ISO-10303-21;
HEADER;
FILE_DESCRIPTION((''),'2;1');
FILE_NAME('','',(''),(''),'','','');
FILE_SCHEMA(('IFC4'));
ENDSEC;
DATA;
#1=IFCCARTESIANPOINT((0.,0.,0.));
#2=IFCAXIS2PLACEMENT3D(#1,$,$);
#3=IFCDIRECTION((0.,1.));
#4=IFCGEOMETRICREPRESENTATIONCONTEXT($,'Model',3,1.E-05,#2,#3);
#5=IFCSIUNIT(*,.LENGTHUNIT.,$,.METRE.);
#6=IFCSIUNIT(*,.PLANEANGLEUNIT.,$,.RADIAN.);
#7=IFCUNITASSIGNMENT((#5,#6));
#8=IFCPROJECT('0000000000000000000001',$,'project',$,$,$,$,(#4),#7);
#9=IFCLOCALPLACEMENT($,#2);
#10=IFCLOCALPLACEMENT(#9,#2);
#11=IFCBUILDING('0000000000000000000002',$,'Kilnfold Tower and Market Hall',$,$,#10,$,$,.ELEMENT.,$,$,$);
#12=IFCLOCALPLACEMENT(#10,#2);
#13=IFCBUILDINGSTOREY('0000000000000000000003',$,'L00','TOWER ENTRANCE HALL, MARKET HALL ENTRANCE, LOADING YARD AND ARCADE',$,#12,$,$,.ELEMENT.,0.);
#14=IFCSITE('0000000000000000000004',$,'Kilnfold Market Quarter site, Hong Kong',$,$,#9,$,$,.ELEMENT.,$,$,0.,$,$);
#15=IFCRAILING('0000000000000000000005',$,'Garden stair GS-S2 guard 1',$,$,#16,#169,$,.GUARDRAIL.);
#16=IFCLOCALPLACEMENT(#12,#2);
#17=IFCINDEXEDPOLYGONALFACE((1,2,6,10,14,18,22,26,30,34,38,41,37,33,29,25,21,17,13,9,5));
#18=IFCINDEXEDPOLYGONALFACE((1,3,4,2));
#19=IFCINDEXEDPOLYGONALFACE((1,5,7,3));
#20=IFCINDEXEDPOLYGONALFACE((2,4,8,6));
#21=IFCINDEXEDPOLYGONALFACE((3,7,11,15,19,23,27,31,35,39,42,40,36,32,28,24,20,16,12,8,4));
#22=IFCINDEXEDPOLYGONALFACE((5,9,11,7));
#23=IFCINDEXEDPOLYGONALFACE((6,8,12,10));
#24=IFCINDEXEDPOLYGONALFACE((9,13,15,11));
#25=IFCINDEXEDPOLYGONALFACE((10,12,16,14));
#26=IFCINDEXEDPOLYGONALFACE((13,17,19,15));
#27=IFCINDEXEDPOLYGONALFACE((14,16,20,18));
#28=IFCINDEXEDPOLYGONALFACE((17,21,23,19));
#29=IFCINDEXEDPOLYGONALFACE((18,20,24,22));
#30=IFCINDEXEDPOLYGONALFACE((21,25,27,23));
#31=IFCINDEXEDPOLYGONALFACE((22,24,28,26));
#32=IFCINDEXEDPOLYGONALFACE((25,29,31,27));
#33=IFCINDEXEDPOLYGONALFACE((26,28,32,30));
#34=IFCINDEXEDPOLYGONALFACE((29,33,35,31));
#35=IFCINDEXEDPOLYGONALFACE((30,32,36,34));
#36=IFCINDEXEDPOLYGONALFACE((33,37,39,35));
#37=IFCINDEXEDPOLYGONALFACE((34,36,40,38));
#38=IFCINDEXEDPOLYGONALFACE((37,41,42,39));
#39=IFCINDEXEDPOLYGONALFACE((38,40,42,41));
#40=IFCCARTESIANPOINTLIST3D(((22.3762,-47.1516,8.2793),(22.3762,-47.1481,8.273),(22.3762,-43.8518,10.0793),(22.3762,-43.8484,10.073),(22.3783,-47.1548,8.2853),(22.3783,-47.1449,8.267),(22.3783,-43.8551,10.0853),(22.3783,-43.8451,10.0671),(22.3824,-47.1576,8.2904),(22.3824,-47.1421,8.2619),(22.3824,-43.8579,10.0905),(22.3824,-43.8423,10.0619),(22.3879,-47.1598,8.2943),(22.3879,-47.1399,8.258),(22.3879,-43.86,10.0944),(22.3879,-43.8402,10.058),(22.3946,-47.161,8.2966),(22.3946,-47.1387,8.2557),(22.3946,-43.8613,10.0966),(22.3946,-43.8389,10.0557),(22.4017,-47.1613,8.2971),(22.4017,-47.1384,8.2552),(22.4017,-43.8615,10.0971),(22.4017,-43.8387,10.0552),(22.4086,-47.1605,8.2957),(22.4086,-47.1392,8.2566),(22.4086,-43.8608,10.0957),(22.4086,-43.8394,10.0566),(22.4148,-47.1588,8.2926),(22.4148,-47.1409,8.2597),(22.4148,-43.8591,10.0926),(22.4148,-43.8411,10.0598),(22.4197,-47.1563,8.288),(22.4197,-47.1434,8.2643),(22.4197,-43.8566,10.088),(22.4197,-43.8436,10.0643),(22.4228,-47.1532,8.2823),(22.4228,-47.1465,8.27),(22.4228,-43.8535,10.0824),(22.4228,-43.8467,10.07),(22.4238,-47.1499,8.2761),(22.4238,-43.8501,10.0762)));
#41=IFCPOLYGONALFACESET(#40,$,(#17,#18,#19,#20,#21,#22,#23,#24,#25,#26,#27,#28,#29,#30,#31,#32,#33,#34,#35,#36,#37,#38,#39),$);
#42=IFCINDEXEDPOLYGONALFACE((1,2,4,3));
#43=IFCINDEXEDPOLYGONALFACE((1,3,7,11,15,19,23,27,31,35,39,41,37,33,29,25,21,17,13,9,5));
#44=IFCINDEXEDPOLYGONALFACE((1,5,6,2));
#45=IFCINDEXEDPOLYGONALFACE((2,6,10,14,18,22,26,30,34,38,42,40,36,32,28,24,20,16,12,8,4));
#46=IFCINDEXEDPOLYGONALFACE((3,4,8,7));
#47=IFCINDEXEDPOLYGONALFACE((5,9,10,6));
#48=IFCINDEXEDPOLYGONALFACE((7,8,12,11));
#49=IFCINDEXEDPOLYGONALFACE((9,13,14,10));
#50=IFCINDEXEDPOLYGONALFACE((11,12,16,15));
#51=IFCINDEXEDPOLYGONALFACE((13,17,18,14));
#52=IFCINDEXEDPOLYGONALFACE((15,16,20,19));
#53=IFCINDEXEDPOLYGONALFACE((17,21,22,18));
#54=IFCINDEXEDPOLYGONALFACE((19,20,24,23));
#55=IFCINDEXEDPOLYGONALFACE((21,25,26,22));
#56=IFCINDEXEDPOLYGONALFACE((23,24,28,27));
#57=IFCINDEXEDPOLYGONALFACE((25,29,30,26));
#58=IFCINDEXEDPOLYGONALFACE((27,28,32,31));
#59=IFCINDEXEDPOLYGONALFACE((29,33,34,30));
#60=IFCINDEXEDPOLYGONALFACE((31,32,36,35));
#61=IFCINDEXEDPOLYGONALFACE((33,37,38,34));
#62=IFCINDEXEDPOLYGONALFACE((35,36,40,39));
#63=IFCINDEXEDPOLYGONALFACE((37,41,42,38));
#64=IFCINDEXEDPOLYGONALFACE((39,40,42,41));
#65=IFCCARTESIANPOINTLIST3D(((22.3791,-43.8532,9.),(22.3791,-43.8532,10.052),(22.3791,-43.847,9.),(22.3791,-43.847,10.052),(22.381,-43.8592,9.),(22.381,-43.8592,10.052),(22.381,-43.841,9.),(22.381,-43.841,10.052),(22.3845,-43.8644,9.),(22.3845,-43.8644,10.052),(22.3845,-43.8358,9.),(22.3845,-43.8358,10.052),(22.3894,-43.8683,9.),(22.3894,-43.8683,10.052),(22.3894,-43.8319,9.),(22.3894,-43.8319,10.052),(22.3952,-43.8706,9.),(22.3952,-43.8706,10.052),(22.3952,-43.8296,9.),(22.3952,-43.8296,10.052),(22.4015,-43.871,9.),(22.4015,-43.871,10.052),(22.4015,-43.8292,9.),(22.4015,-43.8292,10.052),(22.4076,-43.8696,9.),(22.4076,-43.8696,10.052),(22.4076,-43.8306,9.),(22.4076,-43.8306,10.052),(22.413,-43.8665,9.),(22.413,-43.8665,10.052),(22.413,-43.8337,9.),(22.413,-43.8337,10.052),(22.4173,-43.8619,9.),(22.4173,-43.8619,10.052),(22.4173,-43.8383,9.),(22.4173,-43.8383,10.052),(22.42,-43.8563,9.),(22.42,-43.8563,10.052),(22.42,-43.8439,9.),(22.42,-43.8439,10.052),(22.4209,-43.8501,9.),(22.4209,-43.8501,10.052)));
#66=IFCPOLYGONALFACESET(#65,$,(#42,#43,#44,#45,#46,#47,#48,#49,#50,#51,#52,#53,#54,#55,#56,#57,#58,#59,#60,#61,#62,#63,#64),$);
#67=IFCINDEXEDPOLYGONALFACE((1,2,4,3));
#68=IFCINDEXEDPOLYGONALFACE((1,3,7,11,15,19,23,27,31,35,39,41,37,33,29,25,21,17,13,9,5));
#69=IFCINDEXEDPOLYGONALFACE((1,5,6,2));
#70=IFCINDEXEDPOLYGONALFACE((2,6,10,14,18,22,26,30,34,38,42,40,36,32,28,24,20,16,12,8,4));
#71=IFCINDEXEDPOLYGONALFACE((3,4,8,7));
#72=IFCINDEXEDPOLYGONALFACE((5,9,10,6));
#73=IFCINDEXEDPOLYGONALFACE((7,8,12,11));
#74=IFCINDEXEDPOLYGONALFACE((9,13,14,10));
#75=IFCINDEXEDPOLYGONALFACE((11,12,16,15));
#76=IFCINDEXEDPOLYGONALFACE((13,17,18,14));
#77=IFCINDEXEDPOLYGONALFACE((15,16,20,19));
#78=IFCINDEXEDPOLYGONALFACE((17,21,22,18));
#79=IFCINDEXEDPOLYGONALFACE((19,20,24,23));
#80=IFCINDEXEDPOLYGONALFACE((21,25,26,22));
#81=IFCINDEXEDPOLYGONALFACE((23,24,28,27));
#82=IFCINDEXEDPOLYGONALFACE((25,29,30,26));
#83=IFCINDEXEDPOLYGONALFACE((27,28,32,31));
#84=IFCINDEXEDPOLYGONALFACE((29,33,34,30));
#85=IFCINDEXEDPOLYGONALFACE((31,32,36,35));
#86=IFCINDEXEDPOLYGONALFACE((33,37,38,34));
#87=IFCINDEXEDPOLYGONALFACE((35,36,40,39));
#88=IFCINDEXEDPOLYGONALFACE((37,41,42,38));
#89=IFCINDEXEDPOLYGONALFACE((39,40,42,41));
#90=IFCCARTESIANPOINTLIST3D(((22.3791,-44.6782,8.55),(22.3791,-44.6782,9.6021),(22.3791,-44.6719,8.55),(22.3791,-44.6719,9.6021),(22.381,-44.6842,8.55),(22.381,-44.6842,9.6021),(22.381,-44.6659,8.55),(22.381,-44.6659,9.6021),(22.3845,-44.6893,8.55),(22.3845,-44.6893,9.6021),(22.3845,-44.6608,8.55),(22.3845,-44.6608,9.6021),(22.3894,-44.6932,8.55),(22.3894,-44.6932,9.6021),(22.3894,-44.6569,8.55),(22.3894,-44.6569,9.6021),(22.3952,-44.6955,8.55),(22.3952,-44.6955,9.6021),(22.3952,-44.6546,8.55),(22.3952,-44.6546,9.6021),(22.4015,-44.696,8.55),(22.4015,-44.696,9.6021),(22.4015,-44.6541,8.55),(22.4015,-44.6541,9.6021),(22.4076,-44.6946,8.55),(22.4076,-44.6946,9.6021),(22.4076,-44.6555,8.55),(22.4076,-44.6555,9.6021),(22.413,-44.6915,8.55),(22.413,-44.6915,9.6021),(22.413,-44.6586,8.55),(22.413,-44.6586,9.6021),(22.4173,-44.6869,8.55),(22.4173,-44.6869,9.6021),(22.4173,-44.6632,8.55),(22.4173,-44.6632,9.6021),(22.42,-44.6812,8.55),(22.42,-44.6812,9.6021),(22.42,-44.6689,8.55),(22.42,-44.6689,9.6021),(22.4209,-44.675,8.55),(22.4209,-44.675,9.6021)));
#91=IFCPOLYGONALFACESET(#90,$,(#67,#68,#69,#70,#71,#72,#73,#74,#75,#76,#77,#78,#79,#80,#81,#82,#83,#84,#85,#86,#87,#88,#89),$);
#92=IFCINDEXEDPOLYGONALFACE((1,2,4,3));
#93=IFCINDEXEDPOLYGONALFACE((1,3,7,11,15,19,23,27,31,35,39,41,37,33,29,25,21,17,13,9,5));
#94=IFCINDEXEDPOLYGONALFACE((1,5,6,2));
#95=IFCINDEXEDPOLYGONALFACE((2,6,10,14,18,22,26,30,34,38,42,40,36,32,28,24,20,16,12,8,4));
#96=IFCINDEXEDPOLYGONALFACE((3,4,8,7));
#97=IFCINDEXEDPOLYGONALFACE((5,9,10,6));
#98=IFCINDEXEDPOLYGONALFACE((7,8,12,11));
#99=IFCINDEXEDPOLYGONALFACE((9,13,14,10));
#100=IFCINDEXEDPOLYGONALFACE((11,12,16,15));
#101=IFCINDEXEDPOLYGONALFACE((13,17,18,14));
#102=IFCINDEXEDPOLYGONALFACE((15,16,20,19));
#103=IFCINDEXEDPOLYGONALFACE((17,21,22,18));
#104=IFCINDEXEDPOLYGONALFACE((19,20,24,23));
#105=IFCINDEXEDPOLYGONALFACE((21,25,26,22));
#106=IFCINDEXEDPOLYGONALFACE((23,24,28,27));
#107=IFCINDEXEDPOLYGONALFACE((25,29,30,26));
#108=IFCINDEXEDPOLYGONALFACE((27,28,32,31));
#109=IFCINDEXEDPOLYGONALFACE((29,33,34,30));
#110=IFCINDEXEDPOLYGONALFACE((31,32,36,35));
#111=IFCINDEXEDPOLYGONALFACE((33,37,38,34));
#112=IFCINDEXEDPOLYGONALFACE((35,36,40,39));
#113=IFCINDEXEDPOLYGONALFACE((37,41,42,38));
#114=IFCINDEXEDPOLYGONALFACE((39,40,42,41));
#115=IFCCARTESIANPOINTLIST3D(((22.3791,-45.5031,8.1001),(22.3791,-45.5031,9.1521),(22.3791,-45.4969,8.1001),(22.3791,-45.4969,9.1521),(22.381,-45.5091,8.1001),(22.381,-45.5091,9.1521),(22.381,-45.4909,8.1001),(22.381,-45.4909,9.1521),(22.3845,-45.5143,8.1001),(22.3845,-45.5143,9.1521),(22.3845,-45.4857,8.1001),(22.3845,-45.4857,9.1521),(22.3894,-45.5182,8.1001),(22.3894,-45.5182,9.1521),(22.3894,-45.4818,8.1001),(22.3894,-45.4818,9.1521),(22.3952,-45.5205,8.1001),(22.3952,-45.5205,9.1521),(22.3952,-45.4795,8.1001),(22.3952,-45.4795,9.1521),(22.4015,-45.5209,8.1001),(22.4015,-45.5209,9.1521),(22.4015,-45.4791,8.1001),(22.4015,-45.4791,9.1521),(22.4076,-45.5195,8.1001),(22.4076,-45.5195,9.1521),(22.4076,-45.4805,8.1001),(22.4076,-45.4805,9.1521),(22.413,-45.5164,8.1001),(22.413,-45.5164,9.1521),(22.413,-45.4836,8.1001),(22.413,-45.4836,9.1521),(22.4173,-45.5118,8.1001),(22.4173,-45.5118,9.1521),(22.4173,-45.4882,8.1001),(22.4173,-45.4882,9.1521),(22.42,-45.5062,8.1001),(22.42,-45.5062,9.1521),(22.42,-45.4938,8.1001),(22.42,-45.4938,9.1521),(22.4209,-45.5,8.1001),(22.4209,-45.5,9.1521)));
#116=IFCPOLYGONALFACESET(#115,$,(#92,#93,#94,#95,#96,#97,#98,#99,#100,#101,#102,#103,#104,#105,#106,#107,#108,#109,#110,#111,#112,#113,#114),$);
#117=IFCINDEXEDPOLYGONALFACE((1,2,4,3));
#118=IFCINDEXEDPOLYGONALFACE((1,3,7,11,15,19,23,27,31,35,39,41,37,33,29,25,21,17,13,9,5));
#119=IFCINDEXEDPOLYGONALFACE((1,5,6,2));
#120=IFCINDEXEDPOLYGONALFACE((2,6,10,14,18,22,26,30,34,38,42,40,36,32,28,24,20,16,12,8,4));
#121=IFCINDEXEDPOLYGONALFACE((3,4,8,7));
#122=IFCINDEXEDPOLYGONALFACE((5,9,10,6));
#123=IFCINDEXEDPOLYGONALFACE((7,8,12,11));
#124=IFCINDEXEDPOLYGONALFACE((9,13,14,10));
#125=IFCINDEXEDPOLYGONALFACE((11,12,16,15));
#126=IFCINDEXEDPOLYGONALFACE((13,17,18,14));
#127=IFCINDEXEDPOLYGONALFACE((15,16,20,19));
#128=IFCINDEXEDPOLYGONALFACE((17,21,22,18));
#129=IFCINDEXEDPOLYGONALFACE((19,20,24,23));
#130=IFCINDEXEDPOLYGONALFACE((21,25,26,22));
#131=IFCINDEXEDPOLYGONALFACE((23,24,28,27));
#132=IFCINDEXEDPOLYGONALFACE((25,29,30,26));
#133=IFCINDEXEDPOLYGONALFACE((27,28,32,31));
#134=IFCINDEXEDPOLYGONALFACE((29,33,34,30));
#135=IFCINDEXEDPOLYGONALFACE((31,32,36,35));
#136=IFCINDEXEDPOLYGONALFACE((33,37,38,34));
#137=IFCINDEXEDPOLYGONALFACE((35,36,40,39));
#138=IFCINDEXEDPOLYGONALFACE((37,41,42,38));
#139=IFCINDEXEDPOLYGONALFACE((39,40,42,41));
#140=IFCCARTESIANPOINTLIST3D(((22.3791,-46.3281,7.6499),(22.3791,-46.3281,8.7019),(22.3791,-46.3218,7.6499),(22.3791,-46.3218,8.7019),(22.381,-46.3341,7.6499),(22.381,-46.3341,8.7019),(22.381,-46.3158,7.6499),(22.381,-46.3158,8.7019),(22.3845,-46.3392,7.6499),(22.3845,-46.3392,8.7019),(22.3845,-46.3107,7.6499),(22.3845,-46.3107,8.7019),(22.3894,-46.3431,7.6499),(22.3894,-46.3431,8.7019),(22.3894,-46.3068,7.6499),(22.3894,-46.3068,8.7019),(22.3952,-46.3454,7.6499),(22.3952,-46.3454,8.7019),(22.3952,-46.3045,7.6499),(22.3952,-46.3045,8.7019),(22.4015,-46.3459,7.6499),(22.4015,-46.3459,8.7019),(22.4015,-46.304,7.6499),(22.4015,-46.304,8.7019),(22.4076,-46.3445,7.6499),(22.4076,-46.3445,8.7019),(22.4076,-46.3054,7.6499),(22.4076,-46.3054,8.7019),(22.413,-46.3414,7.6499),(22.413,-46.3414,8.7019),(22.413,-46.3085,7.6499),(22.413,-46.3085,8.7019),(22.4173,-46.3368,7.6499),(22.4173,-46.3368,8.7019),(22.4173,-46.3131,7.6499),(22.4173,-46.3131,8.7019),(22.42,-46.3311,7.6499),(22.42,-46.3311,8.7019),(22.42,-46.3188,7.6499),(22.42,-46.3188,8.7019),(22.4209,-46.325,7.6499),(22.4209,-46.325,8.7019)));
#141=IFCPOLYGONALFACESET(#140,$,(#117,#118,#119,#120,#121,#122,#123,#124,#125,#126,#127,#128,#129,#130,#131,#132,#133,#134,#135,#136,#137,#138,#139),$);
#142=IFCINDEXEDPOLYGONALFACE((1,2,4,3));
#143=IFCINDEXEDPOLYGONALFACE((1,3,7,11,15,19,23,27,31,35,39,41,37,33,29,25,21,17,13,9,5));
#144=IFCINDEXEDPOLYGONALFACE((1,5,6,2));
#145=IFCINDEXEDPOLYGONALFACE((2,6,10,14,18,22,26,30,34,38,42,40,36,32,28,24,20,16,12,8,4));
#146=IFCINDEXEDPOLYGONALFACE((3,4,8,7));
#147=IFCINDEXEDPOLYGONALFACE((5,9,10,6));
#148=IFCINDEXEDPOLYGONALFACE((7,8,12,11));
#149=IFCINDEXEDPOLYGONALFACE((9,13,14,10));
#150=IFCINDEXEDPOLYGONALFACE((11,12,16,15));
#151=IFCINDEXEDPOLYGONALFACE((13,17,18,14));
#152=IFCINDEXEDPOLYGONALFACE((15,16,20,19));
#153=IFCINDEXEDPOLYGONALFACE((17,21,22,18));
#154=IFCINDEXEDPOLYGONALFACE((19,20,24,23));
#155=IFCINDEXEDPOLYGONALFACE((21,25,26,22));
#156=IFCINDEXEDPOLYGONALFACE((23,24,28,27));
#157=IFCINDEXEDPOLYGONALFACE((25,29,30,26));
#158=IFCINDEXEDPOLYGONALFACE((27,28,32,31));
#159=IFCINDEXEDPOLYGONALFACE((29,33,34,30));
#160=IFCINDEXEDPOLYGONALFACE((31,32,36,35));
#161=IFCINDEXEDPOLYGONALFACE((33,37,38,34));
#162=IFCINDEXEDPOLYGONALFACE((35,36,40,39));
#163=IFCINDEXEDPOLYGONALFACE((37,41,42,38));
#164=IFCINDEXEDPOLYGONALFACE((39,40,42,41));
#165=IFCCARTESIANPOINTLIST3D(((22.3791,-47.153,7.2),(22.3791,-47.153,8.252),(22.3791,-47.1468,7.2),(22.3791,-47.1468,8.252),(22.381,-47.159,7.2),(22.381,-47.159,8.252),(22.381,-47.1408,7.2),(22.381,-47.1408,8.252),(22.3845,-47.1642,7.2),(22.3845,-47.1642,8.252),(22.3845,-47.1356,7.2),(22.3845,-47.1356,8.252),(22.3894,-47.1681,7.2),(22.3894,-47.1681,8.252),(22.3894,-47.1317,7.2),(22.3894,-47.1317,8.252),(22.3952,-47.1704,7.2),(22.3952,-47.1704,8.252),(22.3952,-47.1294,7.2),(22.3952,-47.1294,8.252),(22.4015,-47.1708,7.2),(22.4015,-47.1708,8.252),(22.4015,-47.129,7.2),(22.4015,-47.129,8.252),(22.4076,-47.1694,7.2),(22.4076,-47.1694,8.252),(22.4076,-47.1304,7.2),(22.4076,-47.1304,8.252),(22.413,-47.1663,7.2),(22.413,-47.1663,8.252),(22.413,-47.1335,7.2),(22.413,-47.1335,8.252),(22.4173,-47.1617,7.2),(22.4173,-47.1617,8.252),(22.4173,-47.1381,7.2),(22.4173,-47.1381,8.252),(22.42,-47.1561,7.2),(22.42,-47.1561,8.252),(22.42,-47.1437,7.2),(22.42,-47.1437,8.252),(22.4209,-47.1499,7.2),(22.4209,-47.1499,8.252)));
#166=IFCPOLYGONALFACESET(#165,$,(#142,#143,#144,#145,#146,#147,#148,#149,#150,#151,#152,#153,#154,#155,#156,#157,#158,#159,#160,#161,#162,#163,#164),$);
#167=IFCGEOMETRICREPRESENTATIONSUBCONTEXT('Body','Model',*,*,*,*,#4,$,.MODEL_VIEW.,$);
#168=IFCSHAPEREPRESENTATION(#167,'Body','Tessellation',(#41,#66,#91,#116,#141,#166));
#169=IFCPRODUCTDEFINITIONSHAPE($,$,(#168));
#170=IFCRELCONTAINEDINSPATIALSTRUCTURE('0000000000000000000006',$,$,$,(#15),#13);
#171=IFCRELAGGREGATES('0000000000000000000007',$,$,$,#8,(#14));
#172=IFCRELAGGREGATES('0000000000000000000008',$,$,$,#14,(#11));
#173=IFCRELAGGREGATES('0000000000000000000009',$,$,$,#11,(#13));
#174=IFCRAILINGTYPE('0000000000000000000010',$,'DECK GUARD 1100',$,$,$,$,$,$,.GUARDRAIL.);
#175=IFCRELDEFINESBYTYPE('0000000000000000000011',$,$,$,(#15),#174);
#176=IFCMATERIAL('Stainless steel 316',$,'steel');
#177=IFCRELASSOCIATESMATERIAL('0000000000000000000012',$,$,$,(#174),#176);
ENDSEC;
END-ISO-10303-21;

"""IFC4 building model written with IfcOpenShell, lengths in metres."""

from ifc_helpers import new_model, si_unit, direction, frame, origin, origin_2d, place, context, subcontext, project, spatial, circle, extrude, material, type_object, element, save


model = new_model("IFC4")

# Units and contexts
model_context = context("Model", 3, precision=1e-05, world=origin(), true_north=direction((0.0, 1.0)))
body_context = subcontext(model_context, "Body", "Model", "MODEL_VIEW")
ifc_project = project(units=[si_unit("LENGTHUNIT", "METRE"), si_unit("PLANEANGLEUNIT", "RADIAN")], contexts=[model_context])

# Site, building, storey
site_placement = place(None, origin())
site = spatial("IfcSite", under=ifc_project, at=site_placement, Name="Kilnfold Market Quarter site, Hong Kong", CompositionType="ELEMENT", RefElevation=0.0)
building_placement = place(site_placement, origin())
building = spatial("IfcBuilding", under=site, at=building_placement, Name="Kilnfold Tower and Market Hall", CompositionType="ELEMENT")
storey_placement = place(building_placement, origin())
storey = spatial("IfcBuildingStorey", under=building, at=storey_placement, Name="L00", Description="TOWER ENTRANCE HALL, MARKET HALL ENTRANCE, LOADING YARD AND ARCADE", CompositionType="ELEMENT", Elevation=0.0)

# Railing
ifc_material_1 = material(Name="Stainless steel 316", Category="steel")
railing_type_1 = type_object("IfcRailingType", Name="DECK GUARD 1100", PredefinedType="GUARDRAIL", material=ifc_material_1)
railing_1_placement = place(storey_placement, frame((22.3999, -43.8501, 9.0)))
element("IfcRailing", 1, at=railing_1_placement, inside=storey, type_object=railing_type_1, Name="Garden stair GS-S2 guard 1", PredefinedType="GUARDRAIL", context=body_context, shape_type="SweptSolid", body=[
    extrude(circle(Radius=0.0239, at=origin_2d()), frame((0.0, 0.0, 1.0762), z_axis=(0.0, -0.877878, -0.478884), x_axis=(1.0, 0.0, 0.0)), (0.0, 0.0, 1.0), 3.7588),
    extrude(circle(Radius=0.021, at=origin_2d()), origin(), (0.0, 0.0, 1.0), 1.052),
    extrude(circle(Radius=0.021, at=origin_2d()), frame((0.0, -0.825, -0.45)), (0.0, 0.0, 1.0), 1.052),
    extrude(circle(Radius=0.021, at=origin_2d()), frame((0.0, -1.6499, -0.8999)), (0.0, 0.0, 1.0), 1.052),
    extrude(circle(Radius=0.021, at=origin_2d()), frame((0.0, -2.4749, -1.3501)), (0.0, 0.0, 1.0), 1.052),
    extrude(circle(Radius=0.021, at=origin_2d()), frame((0.0, -3.2998, -1.8)), (0.0, 0.0, 1.0), 1.052),
])

save(model, "model.ifc")
